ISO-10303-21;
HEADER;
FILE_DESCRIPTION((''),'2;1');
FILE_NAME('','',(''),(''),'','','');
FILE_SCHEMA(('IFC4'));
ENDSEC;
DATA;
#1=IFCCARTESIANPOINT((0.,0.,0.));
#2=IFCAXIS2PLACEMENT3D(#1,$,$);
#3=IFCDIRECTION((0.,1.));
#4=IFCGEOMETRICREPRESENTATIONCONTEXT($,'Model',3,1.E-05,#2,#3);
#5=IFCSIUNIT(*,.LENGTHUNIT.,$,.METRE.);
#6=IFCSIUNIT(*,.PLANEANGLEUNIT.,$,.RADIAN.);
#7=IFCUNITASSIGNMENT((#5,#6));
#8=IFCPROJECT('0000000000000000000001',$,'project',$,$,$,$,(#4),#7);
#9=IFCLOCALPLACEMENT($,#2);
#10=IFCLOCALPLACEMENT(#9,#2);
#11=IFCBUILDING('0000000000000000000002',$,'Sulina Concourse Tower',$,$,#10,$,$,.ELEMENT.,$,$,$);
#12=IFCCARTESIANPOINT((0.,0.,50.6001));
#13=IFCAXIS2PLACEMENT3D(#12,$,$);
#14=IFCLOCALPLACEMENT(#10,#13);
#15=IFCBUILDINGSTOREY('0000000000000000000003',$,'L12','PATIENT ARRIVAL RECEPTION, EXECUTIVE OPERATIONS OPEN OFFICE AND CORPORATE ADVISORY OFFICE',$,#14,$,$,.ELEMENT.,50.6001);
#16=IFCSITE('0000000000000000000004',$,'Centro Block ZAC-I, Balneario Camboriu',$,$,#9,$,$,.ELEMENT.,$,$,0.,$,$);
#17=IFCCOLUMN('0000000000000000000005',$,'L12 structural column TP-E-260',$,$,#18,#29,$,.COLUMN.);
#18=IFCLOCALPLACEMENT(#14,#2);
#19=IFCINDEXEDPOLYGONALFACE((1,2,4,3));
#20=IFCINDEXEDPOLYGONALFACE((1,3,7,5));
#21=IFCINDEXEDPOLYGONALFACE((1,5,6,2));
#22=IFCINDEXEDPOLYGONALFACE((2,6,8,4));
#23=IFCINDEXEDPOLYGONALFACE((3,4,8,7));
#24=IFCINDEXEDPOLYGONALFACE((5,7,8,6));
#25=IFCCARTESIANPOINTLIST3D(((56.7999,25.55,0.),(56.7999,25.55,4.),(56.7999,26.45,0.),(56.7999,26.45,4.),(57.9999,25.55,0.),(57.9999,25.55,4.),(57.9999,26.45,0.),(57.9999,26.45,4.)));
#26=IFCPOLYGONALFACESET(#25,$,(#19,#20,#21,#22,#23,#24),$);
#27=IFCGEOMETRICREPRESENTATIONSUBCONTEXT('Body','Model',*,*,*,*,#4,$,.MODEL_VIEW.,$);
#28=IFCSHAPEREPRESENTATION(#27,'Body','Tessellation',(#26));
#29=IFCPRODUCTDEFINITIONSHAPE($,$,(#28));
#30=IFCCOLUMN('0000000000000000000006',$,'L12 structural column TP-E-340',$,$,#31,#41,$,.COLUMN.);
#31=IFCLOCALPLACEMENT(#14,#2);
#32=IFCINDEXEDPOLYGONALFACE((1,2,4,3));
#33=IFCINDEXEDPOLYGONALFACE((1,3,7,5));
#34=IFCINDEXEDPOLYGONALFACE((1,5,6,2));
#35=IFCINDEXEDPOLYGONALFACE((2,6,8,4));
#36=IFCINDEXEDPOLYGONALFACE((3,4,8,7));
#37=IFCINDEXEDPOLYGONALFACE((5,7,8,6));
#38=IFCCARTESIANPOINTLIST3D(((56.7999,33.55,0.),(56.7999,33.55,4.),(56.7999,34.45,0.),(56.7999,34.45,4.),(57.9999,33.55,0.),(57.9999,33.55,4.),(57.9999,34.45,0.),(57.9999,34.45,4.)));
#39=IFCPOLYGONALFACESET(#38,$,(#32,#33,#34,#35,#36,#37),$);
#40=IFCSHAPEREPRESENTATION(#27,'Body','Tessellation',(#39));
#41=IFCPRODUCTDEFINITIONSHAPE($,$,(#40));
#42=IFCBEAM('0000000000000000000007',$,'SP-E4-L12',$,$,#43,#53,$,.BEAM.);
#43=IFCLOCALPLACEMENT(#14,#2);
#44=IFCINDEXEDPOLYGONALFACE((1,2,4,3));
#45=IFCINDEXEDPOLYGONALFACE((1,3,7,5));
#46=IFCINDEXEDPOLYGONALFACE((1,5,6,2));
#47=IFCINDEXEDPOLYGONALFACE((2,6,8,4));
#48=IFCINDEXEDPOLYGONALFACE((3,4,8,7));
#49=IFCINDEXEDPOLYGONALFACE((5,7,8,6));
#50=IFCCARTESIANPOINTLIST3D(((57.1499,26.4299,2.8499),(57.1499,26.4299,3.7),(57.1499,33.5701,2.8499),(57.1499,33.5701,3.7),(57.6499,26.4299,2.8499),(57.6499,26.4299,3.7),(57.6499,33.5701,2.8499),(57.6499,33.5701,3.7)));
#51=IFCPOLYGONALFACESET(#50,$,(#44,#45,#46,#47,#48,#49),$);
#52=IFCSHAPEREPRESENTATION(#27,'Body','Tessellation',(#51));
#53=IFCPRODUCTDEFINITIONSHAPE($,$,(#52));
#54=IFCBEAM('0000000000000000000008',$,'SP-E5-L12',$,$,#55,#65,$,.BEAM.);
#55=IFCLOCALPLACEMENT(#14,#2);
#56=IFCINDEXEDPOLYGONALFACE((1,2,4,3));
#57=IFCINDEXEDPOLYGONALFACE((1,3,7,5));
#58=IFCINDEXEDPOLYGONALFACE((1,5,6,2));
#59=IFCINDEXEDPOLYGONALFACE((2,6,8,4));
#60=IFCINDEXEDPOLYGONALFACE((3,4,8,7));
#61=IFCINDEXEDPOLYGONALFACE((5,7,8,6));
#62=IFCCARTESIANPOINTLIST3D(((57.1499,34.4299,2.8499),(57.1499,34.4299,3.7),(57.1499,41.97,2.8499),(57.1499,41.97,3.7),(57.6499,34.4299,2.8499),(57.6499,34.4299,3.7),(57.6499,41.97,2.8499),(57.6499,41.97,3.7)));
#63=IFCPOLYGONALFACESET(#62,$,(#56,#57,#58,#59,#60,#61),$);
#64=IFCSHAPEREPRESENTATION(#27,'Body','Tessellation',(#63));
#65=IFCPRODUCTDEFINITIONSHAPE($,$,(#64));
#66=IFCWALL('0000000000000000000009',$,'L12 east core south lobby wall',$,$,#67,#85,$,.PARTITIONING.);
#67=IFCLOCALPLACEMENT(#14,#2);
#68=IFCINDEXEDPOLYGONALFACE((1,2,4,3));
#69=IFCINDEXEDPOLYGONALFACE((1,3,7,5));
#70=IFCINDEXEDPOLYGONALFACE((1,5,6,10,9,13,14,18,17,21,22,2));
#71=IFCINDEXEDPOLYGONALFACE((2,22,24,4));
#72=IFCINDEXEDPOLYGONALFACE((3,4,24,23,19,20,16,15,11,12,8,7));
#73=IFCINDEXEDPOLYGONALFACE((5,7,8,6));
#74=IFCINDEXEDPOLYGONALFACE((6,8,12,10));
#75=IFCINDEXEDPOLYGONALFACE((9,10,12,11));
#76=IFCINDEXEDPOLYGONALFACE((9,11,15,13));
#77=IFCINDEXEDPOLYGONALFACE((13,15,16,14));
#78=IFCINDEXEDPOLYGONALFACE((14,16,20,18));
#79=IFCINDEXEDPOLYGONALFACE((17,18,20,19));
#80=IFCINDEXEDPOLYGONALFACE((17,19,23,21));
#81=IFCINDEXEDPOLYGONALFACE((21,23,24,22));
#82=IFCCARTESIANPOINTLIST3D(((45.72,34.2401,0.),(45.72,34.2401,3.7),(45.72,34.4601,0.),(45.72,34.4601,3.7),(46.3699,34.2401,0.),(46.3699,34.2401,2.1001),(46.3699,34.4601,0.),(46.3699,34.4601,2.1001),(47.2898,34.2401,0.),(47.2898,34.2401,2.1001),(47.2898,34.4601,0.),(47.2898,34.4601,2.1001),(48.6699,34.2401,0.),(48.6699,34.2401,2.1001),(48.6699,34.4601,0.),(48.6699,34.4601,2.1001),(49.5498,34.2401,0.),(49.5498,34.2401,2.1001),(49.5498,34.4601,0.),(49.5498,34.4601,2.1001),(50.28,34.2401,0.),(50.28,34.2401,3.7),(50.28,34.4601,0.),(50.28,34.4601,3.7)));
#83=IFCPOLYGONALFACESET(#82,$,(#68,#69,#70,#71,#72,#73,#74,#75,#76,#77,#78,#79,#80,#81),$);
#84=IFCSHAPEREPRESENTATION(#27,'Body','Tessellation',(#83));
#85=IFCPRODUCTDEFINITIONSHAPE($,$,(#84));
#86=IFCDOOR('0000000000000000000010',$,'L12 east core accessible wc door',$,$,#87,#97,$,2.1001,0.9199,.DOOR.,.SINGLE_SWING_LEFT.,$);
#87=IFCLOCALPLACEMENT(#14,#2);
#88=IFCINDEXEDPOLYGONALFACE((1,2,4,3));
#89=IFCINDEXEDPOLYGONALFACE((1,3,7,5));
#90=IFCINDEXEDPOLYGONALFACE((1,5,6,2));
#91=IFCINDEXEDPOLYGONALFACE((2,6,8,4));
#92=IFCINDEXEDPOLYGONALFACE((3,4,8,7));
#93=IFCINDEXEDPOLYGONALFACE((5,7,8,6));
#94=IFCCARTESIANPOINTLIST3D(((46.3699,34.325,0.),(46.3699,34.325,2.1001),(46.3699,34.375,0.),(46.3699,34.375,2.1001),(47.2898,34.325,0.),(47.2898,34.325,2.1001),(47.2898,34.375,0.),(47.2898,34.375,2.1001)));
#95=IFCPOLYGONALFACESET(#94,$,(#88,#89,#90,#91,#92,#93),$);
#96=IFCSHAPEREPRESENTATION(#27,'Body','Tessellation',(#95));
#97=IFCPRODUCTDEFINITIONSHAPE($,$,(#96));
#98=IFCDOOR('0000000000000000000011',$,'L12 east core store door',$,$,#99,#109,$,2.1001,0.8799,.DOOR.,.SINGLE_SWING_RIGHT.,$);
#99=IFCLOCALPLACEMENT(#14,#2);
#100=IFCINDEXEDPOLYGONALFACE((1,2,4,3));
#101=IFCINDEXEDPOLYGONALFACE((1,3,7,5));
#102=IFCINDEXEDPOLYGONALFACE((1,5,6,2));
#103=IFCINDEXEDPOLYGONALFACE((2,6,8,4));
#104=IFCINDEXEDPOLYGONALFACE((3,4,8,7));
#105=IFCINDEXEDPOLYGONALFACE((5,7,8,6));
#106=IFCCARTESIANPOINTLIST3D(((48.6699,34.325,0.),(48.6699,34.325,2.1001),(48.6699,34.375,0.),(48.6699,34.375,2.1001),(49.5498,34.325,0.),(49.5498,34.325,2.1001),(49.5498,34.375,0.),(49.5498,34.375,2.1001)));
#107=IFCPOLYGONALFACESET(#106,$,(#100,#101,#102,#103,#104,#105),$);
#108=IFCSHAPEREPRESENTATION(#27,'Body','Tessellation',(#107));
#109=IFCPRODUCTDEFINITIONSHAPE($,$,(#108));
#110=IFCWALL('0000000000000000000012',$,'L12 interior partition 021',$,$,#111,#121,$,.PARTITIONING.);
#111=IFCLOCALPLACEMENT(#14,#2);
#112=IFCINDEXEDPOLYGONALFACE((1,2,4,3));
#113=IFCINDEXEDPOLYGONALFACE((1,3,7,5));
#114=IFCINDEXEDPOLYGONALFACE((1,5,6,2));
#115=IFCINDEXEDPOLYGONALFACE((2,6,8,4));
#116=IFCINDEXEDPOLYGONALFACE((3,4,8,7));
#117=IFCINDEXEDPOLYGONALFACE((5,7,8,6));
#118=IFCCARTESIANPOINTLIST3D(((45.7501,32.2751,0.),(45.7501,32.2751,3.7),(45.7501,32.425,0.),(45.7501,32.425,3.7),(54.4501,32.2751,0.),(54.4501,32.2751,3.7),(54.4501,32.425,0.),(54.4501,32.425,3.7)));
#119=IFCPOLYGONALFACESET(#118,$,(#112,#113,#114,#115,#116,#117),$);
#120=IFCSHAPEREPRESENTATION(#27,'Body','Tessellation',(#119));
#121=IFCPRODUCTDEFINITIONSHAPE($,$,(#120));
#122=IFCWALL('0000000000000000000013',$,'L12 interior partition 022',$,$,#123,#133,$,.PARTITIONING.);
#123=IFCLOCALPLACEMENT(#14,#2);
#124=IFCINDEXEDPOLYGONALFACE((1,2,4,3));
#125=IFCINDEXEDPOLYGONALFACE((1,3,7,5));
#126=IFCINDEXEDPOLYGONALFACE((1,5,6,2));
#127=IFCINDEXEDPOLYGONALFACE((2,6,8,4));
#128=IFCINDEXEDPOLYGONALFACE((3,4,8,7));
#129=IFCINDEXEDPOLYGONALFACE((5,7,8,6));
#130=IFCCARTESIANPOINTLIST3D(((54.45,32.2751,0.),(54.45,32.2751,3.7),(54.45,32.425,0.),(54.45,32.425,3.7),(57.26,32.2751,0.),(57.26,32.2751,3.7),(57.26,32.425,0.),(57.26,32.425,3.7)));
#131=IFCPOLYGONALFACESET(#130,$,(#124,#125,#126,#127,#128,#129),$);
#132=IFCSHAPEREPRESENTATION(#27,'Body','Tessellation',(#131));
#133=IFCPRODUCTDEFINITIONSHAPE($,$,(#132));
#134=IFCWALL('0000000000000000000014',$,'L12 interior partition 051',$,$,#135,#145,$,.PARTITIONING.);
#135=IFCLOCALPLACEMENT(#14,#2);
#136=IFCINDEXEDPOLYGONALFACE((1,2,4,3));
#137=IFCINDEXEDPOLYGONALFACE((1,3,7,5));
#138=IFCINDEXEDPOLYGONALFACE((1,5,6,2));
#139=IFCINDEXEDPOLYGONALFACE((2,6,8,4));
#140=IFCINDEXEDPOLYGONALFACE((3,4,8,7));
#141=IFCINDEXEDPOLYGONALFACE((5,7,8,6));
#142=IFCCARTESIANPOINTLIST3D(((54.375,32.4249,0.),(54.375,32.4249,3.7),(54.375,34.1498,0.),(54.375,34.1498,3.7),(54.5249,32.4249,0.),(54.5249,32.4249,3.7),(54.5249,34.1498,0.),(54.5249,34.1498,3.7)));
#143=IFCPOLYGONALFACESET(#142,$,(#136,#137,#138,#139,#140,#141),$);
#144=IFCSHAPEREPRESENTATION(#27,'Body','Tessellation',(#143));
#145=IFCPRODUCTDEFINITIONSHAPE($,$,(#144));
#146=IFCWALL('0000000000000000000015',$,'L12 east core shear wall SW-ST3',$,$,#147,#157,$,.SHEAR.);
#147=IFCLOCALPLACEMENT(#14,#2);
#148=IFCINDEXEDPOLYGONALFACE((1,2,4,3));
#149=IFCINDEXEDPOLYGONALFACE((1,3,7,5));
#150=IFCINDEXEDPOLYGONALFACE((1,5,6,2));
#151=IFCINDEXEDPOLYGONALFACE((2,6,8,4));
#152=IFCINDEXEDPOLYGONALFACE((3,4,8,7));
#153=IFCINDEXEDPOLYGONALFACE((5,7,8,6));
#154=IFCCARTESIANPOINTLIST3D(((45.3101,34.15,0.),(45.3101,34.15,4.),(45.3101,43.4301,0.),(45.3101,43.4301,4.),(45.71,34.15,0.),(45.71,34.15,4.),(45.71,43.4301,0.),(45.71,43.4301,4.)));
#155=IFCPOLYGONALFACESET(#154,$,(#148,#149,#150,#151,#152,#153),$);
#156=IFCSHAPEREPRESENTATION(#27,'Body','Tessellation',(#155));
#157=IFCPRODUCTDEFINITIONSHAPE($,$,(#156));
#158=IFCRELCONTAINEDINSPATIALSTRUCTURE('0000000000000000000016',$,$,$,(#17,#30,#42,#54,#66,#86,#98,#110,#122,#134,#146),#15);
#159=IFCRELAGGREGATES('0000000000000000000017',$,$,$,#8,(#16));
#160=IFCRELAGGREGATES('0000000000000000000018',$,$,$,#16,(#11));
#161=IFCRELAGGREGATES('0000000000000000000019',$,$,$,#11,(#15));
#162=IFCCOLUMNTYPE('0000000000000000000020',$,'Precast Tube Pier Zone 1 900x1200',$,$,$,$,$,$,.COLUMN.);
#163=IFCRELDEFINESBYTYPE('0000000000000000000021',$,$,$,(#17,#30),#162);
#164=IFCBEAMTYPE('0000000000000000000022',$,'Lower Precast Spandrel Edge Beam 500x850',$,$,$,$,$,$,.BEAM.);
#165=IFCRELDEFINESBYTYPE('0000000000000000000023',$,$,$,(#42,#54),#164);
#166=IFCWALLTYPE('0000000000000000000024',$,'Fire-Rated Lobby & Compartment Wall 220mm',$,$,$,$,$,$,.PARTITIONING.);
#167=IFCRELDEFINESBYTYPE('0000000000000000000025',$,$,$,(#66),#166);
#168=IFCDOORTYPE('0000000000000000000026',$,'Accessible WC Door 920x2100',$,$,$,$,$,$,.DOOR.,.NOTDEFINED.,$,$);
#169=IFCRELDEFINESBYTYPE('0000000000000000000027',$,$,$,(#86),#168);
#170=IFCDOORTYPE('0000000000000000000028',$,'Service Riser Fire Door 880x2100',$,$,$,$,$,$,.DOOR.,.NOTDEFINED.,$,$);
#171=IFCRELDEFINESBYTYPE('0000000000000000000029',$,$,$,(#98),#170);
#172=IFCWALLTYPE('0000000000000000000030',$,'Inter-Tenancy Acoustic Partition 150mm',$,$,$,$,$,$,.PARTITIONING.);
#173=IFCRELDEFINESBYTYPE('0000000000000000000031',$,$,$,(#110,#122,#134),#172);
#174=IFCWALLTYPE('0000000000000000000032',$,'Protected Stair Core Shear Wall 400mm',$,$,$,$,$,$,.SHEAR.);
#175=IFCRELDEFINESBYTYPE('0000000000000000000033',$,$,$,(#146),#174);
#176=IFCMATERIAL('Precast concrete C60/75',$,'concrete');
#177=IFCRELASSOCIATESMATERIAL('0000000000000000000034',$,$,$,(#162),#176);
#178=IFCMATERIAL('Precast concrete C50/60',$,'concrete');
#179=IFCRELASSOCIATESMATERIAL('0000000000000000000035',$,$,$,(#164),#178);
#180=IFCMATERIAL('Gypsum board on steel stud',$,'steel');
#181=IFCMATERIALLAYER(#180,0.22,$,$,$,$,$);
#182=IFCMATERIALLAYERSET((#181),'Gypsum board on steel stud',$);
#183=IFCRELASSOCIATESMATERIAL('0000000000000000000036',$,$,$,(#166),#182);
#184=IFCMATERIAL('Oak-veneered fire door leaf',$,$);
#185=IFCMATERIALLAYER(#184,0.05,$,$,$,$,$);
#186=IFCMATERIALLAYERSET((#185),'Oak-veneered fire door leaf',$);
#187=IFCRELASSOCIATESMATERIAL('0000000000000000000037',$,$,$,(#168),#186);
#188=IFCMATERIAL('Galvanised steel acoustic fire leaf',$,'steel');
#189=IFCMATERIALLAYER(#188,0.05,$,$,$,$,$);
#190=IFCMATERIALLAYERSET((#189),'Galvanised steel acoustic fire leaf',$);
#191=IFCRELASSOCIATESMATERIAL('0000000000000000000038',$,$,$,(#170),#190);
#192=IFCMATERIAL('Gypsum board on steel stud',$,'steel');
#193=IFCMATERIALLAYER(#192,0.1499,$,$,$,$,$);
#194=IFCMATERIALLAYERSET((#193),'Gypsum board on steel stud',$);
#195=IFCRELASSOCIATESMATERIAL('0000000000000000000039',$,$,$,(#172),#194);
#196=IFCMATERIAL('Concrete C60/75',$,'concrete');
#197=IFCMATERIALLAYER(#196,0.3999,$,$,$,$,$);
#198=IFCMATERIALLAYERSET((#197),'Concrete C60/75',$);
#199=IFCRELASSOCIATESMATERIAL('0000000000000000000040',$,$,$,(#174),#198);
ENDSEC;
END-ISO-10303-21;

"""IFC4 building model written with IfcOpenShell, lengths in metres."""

from ifc_helpers import new_model, si_unit, direction, frame, frame_2d, origin, origin_2d, place, context, subcontext, project, spatial, rectangle, extrude, material, layer, layer_set, material_profile, profile_set, type_object, element, fill, save


model = new_model("IFC4")

# Units and contexts
model_context = context("Model", 3, precision=1e-05, world=origin(), true_north=direction((0.0, 1.0)))
body_context = subcontext(model_context, "Body", "Model", "MODEL_VIEW")
ifc_project = project(units=[si_unit("LENGTHUNIT", "METRE"), si_unit("PLANEANGLEUNIT", "RADIAN")], contexts=[model_context])

# Site, building, storey
site_placement = place(None, origin())
site = spatial("IfcSite", under=ifc_project, at=site_placement, Name="Centro Block ZAC-I, Balneario Camboriu", CompositionType="ELEMENT", RefElevation=0.0)
building_placement = place(site_placement, origin())
building = spatial("IfcBuilding", under=site, at=building_placement, Name="Sulina Concourse Tower", CompositionType="ELEMENT")
storey_placement = place(building_placement, frame((0.0, 0.0, 50.6001)))
storey = spatial("IfcBuildingStorey", under=building, at=storey_placement, Name="L12", Description="PATIENT ARRIVAL RECEPTION, EXECUTIVE OPERATIONS OPEN OFFICE AND CORPORATE ADVISORY OFFICE", CompositionType="ELEMENT", Elevation=50.6001)

# Columns
ifc_material_1 = material(Name="Precast concrete C60/75", Category="concrete")
ifc_material_profile_1 = material_profile(ifc_material_1, rectangle(XDim=0.8999, YDim=1.2, at=origin_2d()), Name="PC 900x1200")
ifc_profile_set_1 = profile_set([ifc_material_profile_1], Name="Precast concrete C60/75")
column_type = type_object("IfcColumnType", Name="Precast Tube Pier Zone 1 900x1200", PredefinedType="COLUMN", material=ifc_profile_set_1)
for number, where, z_axis, x_axis, name in (
    (1, (57.3999, 26.0, 0.0), (0.0, 0.0, 1.0), (0.0, 1.0, 0.0), "L12 structural column TP-E-260"),
    (2, (57.3999, 34.0, 0.0), (0.0, 0.0, 1.0), (0.0, 1.0, 0.0), "L12 structural column TP-E-340"),
):
    element("IfcColumn", number, at=place(storey_placement, frame(where, z_axis=z_axis, x_axis=x_axis)), inside=storey, type_object=column_type, Name=name, PredefinedType="COLUMN", context=body_context, shape_type="SweptSolid", body=[
        extrude(rectangle(XDim=0.8999, YDim=1.2, at=origin_2d()), origin(), (0.0, 0.0, 1.0), 4.0),
    ])

# Beams
ifc_material_2 = material(Name="Precast concrete C50/60", Category="concrete")
ifc_material_profile_2 = material_profile(ifc_material_2, rectangle(XDim=0.5, YDim=0.8501, at=origin_2d()), Name="RC 500x850")
ifc_profile_set_2 = profile_set([ifc_material_profile_2], Name="Precast concrete C50/60")
beam_type = type_object("IfcBeamType", Name="Lower Precast Spandrel Edge Beam 500x850", PredefinedType="BEAM", material=ifc_profile_set_2)
beam_1_placement = place(storey_placement, frame((57.3999, 26.4299, 3.2749), z_axis=(0.0, 1.0, 0.0), x_axis=(-1.0, 0.0, 0.0)))
element("IfcBeam", 3, at=beam_1_placement, inside=storey, type_object=beam_type, Name="SP-E4-L12", PredefinedType="BEAM", context=body_context, shape_type="SweptSolid", body=[
    extrude(rectangle(XDim=0.5, YDim=0.8501, at=origin_2d()), origin(), (0.0, 0.0, 1.0), 7.1401),
])
beam_2_placement = place(storey_placement, frame((57.3999, 34.4299, 3.2749), z_axis=(0.0, 1.0, 0.0), x_axis=(-1.0, 0.0, 0.0)))
element("IfcBeam", 4, at=beam_2_placement, inside=storey, type_object=beam_type, Name="SP-E5-L12", PredefinedType="BEAM", context=body_context, shape_type="SweptSolid", body=[
    extrude(rectangle(XDim=0.5, YDim=0.8501, at=origin_2d()), origin(), (0.0, 0.0, 1.0), 7.54),
])

# Wall, openings, doors
ifc_material_3 = material(Name="Gypsum board on steel stud", Category="steel")
ifc_layer_1 = layer(ifc_material_3, 0.22)
ifc_layer_set_1 = layer_set([ifc_layer_1], Name="Gypsum board on steel stud")
wall_type_1 = type_object("IfcWallType", Name="Fire-Rated Lobby & Compartment Wall 220mm", PredefinedType="PARTITIONING", material=ifc_layer_set_1)
wall_1_placement = place(storey_placement, frame((45.72, 34.3501, 0.0), z_axis=(0.0, 0.0, 1.0), x_axis=(1.0, 0.0, 0.0)))
wall_1 = element("IfcWall", 5, at=wall_1_placement, inside=storey, type_object=wall_type_1, Name="L12 east core south lobby wall", PredefinedType="PARTITIONING", context=body_context, shape_type="SweptSolid", body=[
    extrude(rectangle(XDim=4.5601, YDim=0.22, at=frame_2d((2.28, 0.0))), origin(), (0.0, 0.0, 1.0), 3.7),
])
opening_1_placement = place(wall_1_placement, frame((0.6499, 0.0, 0.0)))
opening_1 = element("IfcOpeningElement", 6, at=opening_1_placement, cuts=wall_1, PredefinedType="OPENING", context=body_context, shape_type="SweptSolid", body=[
    extrude(rectangle(XDim=0.9199, YDim=2.1001, at=frame_2d((0.46, 1.05))), frame((0.0, 0.1199, 0.0), z_axis=(0.0, -1.0, 0.0), x_axis=(1.0, 0.0, 0.0)), (0.0, 0.0, 1.0), 0.24),
])
opening_2_placement = place(wall_1_placement, frame((2.95, 0.0, 0.0)))
opening_2 = element("IfcOpeningElement", 7, at=opening_2_placement, cuts=wall_1, PredefinedType="OPENING", context=body_context, shape_type="SweptSolid", body=[
    extrude(rectangle(XDim=0.8799, YDim=2.1001, at=frame_2d((0.4399, 1.05))), frame((0.0, 0.1199, 0.0), z_axis=(0.0, -1.0, 0.0), x_axis=(1.0, 0.0, 0.0)), (0.0, 0.0, 1.0), 0.24),
])
ifc_material_4 = material(Name="Oak-veneered fire door leaf")
ifc_layer_2 = layer(ifc_material_4, 0.05)
ifc_layer_set_2 = layer_set([ifc_layer_2], Name="Oak-veneered fire door leaf")
door_type_1 = type_object("IfcDoorType", Name="Accessible WC Door 920x2100", OperationType="NOTDEFINED", PredefinedType="DOOR", material=ifc_layer_set_2)
door_1_placement = place(opening_1_placement, origin())
door_1 = element("IfcDoor", 8, at=door_1_placement, inside=storey, type_object=door_type_1, Name="L12 east core accessible wc door", OperationType="SINGLE_SWING_LEFT", OverallHeight=2.1001, OverallWidth=0.9199, PredefinedType="DOOR", context=body_context, shape_type="SweptSolid", body=[
    extrude(rectangle(XDim=0.9199, YDim=2.1001, at=frame_2d((0.46, 1.05))), frame((0.0, 0.0249, 0.0), z_axis=(0.0, -1.0, 0.0), x_axis=(1.0, 0.0, 0.0)), (0.0, 0.0, 1.0), 0.05),
])
fill(opening_1, door_1)
ifc_material_5 = material(Name="Galvanised steel acoustic fire leaf", Category="steel")
ifc_layer_3 = layer(ifc_material_5, 0.05)
ifc_layer_set_3 = layer_set([ifc_layer_3], Name="Galvanised steel acoustic fire leaf")
door_type_2 = type_object("IfcDoorType", Name="Service Riser Fire Door 880x2100", OperationType="NOTDEFINED", PredefinedType="DOOR", material=ifc_layer_set_3)
door_2_placement = place(opening_2_placement, origin())
door_2 = element("IfcDoor", 9, at=door_2_placement, inside=storey, type_object=door_type_2, Name="L12 east core store door", OperationType="SINGLE_SWING_RIGHT", OverallHeight=2.1001, OverallWidth=0.8799, PredefinedType="DOOR", context=body_context, shape_type="SweptSolid", body=[
    extrude(rectangle(XDim=0.8799, YDim=2.1001, at=frame_2d((0.4399, 1.05))), frame((0.0, 0.0249, 0.0), z_axis=(0.0, -1.0, 0.0), x_axis=(1.0, 0.0, 0.0)), (0.0, 0.0, 1.0), 0.05),
])
fill(opening_2, door_2)

# Walls
ifc_material_6 = material(Name="Gypsum board on steel stud", Category="steel")
ifc_layer_4 = layer(ifc_material_6, 0.1499)
ifc_layer_set_4 = layer_set([ifc_layer_4], Name="Gypsum board on steel stud")
wall_type_2 = type_object("IfcWallType", Name="Inter-Tenancy Acoustic Partition 150mm", PredefinedType="PARTITIONING", material=ifc_layer_set_4)
wall_2_placement = place(storey_placement, frame((45.75, 32.3501, 0.0), z_axis=(0.0, 0.0, 1.0), x_axis=(1.0, 0.0, 0.0)))
element("IfcWall", 10, at=wall_2_placement, inside=storey, type_object=wall_type_2, Name="L12 interior partition 021", PredefinedType="PARTITIONING", context=body_context, shape_type="SweptSolid", body=[
    extrude(rectangle(XDim=8.7, YDim=0.1499, at=frame_2d((4.3501, 0.0))), origin(), (0.0, 0.0, 1.0), 3.7),
])
wall_3_placement = place(storey_placement, frame((54.45, 32.3501, 0.0), z_axis=(0.0, 0.0, 1.0), x_axis=(1.0, 0.0, 0.0)))
element("IfcWall", 11, at=wall_3_placement, inside=storey, type_object=wall_type_2, Name="L12 interior partition 022", PredefinedType="PARTITIONING", context=body_context, shape_type="SweptSolid", body=[
    extrude(rectangle(XDim=2.8101, YDim=0.1499, at=frame_2d((1.405, 0.0))), origin(), (0.0, 0.0, 1.0), 3.7),
])
wall_4_placement = place(storey_placement, frame((54.45, 32.425, 0.0), z_axis=(0.0, 0.0, 1.0), x_axis=(0.0, 1.0, 0.0)))
element("IfcWall", 12, at=wall_4_placement, inside=storey, type_object=wall_type_2, Name="L12 interior partition 051", PredefinedType="PARTITIONING", context=body_context, shape_type="SweptSolid", body=[
    extrude(rectangle(XDim=1.7249, YDim=0.1499, at=frame_2d((0.8623, 0.0))), origin(), (0.0, 0.0, 1.0), 3.7),
])
ifc_material_7 = material(Name="Concrete C60/75", Category="concrete")
ifc_layer_5 = layer(ifc_material_7, 0.3999)
ifc_layer_set_5 = layer_set([ifc_layer_5], Name="Concrete C60/75")
wall_type_3 = type_object("IfcWallType", Name="Protected Stair Core Shear Wall 400mm", PredefinedType="SHEAR", material=ifc_layer_set_5)
wall_5_placement = place(storey_placement, frame((45.51, 34.1499, 0.0), z_axis=(0.0, 0.0, 1.0), x_axis=(0.0, 1.0, 0.0)))
element("IfcWall", 13, at=wall_5_placement, inside=storey, type_object=wall_type_3, Name="L12 east core shear wall SW-ST3", PredefinedType="SHEAR", context=body_context, shape_type="SweptSolid", body=[
    extrude(rectangle(XDim=9.28, YDim=0.3999, at=frame_2d((4.6401, 0.0))), origin(), (0.0, 0.0, 1.0), 4.0),
])

save(model, "model.ifc")
